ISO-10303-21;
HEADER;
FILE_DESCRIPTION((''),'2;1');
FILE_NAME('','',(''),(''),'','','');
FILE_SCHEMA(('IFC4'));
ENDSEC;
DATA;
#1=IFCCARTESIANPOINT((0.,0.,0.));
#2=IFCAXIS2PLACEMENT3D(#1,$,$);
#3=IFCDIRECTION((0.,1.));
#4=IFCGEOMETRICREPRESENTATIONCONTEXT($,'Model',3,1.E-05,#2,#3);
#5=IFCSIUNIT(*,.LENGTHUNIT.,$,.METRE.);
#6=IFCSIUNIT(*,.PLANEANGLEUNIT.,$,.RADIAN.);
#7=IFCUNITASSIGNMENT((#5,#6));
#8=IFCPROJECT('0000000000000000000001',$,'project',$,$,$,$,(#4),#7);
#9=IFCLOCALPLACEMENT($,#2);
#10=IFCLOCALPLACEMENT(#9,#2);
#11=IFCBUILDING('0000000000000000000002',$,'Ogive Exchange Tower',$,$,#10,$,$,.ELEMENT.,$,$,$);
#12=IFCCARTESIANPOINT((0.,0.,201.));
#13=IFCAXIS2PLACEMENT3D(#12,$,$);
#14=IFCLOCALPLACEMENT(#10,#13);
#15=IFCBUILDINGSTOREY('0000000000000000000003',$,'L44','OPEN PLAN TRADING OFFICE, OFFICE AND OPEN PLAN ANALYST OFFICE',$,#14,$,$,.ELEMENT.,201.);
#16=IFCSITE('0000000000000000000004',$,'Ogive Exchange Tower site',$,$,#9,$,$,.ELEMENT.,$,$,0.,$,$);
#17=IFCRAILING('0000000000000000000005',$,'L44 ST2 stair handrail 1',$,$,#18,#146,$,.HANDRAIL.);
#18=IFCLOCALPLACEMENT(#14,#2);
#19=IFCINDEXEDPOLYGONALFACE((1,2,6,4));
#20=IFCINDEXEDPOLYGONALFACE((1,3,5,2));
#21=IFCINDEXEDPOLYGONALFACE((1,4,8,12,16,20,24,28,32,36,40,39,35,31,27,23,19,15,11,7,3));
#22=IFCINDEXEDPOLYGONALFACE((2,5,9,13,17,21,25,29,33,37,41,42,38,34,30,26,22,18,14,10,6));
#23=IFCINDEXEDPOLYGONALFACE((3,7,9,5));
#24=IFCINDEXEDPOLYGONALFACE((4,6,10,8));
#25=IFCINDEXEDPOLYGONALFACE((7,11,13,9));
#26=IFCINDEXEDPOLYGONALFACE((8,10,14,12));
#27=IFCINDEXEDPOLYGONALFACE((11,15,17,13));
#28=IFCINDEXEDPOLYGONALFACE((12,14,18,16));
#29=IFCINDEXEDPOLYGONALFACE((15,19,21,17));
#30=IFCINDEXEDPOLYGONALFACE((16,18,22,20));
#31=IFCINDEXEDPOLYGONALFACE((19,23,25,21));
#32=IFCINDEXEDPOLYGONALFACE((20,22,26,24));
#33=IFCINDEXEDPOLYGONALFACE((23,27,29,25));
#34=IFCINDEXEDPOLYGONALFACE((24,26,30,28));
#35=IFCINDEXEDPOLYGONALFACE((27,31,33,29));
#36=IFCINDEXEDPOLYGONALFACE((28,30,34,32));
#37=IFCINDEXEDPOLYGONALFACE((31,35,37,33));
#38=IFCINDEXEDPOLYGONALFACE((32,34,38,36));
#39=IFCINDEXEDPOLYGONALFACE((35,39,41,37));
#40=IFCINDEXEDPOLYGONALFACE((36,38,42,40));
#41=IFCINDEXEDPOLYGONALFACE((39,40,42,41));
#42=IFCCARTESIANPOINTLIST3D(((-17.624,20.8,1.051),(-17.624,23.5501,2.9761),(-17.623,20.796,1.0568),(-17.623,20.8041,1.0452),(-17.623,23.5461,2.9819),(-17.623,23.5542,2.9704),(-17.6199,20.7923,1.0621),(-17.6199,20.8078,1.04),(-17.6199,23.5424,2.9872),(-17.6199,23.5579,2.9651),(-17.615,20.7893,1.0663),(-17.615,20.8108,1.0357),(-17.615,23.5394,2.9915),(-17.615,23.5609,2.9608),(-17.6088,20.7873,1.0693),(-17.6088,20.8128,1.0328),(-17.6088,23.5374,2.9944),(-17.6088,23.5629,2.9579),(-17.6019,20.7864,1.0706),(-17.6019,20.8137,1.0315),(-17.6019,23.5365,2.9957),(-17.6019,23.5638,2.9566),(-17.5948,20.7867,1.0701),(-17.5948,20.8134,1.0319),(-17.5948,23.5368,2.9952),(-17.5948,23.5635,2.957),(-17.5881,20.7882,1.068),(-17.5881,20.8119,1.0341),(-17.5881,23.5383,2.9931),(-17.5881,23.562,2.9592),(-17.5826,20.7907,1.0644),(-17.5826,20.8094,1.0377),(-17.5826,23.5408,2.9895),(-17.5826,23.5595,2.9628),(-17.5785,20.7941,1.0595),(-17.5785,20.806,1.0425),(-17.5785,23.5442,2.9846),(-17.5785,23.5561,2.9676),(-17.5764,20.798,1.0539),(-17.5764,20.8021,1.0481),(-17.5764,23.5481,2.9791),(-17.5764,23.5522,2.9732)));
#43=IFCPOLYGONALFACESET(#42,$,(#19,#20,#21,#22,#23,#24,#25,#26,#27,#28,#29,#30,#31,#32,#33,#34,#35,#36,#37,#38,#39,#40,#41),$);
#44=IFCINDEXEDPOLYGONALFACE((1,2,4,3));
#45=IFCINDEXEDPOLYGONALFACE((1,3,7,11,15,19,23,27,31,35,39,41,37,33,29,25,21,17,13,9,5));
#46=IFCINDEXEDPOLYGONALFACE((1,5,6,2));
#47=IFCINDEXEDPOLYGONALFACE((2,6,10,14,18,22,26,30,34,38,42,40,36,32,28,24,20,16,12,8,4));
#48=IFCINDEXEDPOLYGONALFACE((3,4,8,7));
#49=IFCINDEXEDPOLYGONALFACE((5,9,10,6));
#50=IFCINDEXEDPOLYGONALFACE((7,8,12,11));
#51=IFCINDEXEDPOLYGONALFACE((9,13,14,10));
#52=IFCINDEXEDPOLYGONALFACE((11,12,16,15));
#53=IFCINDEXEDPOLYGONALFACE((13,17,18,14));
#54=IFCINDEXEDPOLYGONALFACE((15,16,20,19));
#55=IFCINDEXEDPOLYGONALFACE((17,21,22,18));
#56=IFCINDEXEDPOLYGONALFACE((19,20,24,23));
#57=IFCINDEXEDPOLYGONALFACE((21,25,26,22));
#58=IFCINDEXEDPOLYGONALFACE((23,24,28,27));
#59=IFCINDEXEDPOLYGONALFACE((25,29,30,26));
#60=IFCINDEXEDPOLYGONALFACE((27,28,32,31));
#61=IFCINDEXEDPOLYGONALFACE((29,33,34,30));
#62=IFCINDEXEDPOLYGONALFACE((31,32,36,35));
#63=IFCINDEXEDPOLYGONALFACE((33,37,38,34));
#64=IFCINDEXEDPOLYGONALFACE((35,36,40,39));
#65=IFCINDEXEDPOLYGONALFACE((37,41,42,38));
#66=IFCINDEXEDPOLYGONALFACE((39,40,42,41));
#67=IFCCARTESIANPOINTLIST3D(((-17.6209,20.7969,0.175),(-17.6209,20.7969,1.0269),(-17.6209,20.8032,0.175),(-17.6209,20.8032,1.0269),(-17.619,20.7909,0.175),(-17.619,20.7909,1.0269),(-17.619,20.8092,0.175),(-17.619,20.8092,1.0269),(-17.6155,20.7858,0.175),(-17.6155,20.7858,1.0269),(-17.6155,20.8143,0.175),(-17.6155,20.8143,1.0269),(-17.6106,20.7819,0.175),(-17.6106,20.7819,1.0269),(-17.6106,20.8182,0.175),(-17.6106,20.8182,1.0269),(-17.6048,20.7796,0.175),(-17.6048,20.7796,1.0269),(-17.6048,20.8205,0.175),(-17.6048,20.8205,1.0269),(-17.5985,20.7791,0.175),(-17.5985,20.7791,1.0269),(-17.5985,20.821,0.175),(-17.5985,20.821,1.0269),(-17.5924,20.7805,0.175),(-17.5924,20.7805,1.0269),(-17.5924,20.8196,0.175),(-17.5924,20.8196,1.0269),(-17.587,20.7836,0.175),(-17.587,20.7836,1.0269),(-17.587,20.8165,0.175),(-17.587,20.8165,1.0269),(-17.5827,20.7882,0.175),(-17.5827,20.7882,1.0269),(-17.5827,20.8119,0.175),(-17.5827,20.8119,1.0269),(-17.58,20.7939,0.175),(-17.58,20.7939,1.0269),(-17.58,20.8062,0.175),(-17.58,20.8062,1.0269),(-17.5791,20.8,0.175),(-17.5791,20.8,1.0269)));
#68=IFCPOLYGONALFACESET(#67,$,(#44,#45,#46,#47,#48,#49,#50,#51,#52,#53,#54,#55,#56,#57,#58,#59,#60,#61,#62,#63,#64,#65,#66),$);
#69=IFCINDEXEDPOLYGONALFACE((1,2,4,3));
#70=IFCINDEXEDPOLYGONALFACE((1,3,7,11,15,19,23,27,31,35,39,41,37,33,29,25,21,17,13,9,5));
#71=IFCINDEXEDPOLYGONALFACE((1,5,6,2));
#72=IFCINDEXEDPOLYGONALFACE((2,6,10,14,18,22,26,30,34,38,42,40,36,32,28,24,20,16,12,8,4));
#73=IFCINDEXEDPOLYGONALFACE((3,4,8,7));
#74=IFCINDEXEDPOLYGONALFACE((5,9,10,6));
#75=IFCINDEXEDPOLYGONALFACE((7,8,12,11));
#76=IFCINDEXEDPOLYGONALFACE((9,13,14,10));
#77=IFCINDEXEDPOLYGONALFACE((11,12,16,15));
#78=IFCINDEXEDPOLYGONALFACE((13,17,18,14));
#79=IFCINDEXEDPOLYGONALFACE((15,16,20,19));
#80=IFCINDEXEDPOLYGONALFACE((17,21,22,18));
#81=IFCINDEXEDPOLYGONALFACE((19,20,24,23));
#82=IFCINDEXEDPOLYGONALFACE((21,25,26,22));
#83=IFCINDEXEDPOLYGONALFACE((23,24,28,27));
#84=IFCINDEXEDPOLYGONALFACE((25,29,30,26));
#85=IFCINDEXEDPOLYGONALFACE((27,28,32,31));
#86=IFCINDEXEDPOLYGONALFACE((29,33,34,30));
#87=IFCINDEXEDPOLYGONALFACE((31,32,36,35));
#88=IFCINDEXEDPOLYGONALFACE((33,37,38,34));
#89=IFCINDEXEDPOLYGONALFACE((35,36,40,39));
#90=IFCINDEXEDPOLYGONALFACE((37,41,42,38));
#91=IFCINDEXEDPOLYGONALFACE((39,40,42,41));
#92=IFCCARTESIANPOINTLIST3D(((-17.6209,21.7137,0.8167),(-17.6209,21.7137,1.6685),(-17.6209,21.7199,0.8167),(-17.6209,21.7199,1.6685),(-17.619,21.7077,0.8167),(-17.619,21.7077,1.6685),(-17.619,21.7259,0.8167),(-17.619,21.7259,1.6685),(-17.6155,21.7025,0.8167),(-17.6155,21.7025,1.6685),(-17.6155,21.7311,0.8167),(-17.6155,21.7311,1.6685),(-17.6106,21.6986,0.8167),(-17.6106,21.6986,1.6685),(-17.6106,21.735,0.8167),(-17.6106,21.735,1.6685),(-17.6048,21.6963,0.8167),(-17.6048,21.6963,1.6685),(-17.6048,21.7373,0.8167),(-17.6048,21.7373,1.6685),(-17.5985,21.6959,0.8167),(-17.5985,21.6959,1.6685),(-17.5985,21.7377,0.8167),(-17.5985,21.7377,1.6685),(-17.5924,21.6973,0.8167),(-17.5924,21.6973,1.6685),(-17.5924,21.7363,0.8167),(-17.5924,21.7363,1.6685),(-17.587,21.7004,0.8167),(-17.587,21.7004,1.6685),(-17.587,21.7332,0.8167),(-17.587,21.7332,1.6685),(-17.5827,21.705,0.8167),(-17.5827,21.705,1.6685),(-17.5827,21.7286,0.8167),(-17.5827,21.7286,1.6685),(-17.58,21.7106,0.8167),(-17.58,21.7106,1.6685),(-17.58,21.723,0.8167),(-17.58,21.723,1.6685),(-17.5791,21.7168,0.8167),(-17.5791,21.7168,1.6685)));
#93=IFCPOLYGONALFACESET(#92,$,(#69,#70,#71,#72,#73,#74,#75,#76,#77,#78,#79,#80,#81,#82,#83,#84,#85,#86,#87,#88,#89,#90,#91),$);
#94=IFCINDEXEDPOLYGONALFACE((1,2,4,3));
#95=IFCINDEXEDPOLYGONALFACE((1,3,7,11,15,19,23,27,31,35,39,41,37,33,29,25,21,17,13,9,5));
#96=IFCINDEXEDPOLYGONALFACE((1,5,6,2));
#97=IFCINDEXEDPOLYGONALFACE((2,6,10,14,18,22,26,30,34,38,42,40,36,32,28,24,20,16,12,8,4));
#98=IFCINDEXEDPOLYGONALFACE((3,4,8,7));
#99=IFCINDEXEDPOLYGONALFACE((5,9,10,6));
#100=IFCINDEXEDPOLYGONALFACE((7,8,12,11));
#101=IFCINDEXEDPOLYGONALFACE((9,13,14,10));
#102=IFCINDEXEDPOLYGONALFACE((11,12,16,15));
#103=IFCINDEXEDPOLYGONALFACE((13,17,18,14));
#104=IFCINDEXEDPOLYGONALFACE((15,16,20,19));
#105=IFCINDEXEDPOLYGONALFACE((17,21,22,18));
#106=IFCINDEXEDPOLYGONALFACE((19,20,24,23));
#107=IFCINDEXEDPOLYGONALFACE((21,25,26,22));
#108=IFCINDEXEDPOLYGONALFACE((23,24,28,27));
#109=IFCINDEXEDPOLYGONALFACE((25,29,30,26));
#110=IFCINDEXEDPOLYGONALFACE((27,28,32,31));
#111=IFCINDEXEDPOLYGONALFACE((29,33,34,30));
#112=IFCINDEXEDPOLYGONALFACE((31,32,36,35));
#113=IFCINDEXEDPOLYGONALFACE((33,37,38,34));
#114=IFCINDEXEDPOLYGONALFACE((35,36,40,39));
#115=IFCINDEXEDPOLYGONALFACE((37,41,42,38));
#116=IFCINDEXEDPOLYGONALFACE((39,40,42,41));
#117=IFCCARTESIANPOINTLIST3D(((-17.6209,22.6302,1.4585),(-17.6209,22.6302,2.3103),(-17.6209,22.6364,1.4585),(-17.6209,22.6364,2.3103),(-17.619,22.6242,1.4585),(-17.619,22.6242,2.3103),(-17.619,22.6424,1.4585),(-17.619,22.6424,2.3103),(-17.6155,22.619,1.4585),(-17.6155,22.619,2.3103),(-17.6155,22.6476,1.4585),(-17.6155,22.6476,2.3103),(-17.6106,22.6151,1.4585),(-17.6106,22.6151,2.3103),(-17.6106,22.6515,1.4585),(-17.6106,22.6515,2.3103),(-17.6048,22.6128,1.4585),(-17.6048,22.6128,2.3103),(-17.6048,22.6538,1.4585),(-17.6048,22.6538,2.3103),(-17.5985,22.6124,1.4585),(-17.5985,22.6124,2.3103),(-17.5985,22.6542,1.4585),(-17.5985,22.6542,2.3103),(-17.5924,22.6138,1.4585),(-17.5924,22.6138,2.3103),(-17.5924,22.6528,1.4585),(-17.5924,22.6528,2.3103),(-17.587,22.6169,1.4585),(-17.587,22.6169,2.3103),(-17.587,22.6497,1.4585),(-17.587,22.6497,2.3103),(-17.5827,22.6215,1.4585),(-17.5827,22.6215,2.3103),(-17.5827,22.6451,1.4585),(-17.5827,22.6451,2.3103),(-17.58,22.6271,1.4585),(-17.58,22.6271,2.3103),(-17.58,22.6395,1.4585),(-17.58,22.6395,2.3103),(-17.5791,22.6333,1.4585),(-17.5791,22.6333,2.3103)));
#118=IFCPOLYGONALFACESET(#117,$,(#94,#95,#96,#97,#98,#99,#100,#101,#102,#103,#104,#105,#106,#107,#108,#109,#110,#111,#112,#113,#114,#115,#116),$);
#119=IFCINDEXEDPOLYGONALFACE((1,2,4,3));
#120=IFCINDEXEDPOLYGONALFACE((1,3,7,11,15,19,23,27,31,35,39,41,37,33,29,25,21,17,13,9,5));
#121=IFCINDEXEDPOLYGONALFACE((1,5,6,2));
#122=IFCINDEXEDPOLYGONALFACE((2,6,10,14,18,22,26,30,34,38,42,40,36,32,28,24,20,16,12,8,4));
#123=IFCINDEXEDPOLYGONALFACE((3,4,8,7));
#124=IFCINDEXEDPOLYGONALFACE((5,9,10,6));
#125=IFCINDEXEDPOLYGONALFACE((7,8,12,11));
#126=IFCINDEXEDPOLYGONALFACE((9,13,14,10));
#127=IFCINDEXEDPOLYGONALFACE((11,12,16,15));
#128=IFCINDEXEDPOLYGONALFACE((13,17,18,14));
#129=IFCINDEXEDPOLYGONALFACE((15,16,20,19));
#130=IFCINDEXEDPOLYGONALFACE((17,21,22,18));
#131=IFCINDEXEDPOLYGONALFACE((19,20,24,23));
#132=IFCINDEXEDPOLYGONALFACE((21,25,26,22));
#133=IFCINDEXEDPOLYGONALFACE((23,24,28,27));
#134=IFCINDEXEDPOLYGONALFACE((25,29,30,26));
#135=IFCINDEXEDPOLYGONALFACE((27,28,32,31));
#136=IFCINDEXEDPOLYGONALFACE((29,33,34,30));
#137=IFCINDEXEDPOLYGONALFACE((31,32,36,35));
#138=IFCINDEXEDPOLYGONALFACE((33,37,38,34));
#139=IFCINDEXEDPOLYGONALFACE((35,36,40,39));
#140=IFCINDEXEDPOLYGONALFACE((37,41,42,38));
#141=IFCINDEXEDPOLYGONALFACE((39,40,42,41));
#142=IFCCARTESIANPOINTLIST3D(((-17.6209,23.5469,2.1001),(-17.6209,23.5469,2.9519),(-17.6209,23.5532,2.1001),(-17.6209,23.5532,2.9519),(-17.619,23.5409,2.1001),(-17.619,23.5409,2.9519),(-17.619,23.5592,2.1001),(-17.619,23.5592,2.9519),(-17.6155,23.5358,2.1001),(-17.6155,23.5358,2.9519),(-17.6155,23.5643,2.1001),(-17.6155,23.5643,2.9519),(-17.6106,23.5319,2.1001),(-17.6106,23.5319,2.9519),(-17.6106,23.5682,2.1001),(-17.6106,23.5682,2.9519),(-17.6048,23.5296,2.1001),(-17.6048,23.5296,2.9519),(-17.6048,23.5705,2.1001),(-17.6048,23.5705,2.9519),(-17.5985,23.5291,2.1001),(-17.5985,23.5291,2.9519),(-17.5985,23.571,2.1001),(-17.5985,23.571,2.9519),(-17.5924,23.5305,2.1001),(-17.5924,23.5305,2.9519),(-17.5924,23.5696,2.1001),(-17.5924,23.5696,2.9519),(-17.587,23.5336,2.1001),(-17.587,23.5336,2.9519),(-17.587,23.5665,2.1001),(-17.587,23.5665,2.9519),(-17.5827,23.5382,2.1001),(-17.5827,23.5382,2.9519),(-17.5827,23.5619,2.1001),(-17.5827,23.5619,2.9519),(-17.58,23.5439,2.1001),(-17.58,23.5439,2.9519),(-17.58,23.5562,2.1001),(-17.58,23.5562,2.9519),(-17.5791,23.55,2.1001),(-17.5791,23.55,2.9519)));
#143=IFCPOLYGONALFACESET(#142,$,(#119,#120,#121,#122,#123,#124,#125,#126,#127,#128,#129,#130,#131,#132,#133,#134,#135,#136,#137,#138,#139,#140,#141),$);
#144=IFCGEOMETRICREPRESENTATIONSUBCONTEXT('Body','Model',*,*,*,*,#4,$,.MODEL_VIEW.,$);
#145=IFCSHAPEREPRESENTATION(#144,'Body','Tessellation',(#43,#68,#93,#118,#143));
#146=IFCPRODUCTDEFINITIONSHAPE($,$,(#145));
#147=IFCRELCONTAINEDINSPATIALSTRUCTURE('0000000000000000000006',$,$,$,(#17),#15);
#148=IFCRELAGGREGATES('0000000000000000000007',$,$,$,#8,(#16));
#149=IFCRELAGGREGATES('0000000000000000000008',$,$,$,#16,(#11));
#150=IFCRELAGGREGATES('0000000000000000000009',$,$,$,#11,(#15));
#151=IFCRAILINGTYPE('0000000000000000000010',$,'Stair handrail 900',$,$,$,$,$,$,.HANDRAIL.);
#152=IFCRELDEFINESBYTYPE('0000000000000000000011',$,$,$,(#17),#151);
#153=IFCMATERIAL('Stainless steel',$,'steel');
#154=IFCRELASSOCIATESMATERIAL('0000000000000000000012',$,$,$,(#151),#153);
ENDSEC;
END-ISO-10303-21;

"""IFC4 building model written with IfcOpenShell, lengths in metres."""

from ifc_helpers import new_model, si_unit, direction, frame, origin, origin_2d, place, context, subcontext, project, spatial, circle, extrude, material, type_object, element, save


model = new_model("IFC4")

# Units and contexts
model_context = context("Model", 3, precision=1e-05, world=origin(), true_north=direction((0.0, 1.0)))
body_context = subcontext(model_context, "Body", "Model", "MODEL_VIEW")
ifc_project = project(units=[si_unit("LENGTHUNIT", "METRE"), si_unit("PLANEANGLEUNIT", "RADIAN")], contexts=[model_context])

# Site, building, storey
site_placement = place(None, origin())
site = spatial("IfcSite", under=ifc_project, at=site_placement, Name="Ogive Exchange Tower site", CompositionType="ELEMENT", RefElevation=0.0)
building_placement = place(site_placement, origin())
building = spatial("IfcBuilding", under=site, at=building_placement, Name="Ogive Exchange Tower", CompositionType="ELEMENT")
storey_placement = place(building_placement, frame((0.0, 0.0, 201.0)))
storey = spatial("IfcBuildingStorey", under=building, at=storey_placement, Name="L44", Description="OPEN PLAN TRADING OFFICE, OFFICE AND OPEN PLAN ANALYST OFFICE", CompositionType="ELEMENT", Elevation=201.0)

# Railing
ifc_material_1 = material(Name="Stainless steel", Category="steel")
railing_type = type_object("IfcRailingType", Name="Stair handrail 900", PredefinedType="HANDRAIL", material=ifc_material_1)
railing_1_placement = place(storey_placement, frame((-17.6001, 20.8, 0.175)))
element("IfcRailing", 1, at=railing_1_placement, inside=storey, type_object=railing_type, Name="L44 ST2 stair handrail 1", PredefinedType="HANDRAIL", context=body_context, shape_type="SweptSolid", body=[
    extrude(circle(Radius=0.0239, at=origin_2d()), frame((0.0, 0.0, 0.876), z_axis=(0.0, 0.819225, 0.573472), x_axis=(-1.0, 0.0, 0.0)), (0.0, 0.0, 1.0), 3.3569),
    extrude(circle(Radius=0.021, at=origin_2d()), origin(), (0.0, 0.0, 1.0), 0.8518),
    extrude(circle(Radius=0.021, at=origin_2d()), frame((0.0, 0.9167, 0.6416)), (0.0, 0.0, 1.0), 0.8518),
    extrude(circle(Radius=0.021, at=origin_2d()), frame((0.0, 1.8333, 1.2834)), (0.0, 0.0, 1.0), 0.8518),
    extrude(circle(Radius=0.021, at=origin_2d()), frame((0.0, 2.75, 1.925)), (0.0, 0.0, 1.0), 0.8518),
])

save(model, "model.ifc")
